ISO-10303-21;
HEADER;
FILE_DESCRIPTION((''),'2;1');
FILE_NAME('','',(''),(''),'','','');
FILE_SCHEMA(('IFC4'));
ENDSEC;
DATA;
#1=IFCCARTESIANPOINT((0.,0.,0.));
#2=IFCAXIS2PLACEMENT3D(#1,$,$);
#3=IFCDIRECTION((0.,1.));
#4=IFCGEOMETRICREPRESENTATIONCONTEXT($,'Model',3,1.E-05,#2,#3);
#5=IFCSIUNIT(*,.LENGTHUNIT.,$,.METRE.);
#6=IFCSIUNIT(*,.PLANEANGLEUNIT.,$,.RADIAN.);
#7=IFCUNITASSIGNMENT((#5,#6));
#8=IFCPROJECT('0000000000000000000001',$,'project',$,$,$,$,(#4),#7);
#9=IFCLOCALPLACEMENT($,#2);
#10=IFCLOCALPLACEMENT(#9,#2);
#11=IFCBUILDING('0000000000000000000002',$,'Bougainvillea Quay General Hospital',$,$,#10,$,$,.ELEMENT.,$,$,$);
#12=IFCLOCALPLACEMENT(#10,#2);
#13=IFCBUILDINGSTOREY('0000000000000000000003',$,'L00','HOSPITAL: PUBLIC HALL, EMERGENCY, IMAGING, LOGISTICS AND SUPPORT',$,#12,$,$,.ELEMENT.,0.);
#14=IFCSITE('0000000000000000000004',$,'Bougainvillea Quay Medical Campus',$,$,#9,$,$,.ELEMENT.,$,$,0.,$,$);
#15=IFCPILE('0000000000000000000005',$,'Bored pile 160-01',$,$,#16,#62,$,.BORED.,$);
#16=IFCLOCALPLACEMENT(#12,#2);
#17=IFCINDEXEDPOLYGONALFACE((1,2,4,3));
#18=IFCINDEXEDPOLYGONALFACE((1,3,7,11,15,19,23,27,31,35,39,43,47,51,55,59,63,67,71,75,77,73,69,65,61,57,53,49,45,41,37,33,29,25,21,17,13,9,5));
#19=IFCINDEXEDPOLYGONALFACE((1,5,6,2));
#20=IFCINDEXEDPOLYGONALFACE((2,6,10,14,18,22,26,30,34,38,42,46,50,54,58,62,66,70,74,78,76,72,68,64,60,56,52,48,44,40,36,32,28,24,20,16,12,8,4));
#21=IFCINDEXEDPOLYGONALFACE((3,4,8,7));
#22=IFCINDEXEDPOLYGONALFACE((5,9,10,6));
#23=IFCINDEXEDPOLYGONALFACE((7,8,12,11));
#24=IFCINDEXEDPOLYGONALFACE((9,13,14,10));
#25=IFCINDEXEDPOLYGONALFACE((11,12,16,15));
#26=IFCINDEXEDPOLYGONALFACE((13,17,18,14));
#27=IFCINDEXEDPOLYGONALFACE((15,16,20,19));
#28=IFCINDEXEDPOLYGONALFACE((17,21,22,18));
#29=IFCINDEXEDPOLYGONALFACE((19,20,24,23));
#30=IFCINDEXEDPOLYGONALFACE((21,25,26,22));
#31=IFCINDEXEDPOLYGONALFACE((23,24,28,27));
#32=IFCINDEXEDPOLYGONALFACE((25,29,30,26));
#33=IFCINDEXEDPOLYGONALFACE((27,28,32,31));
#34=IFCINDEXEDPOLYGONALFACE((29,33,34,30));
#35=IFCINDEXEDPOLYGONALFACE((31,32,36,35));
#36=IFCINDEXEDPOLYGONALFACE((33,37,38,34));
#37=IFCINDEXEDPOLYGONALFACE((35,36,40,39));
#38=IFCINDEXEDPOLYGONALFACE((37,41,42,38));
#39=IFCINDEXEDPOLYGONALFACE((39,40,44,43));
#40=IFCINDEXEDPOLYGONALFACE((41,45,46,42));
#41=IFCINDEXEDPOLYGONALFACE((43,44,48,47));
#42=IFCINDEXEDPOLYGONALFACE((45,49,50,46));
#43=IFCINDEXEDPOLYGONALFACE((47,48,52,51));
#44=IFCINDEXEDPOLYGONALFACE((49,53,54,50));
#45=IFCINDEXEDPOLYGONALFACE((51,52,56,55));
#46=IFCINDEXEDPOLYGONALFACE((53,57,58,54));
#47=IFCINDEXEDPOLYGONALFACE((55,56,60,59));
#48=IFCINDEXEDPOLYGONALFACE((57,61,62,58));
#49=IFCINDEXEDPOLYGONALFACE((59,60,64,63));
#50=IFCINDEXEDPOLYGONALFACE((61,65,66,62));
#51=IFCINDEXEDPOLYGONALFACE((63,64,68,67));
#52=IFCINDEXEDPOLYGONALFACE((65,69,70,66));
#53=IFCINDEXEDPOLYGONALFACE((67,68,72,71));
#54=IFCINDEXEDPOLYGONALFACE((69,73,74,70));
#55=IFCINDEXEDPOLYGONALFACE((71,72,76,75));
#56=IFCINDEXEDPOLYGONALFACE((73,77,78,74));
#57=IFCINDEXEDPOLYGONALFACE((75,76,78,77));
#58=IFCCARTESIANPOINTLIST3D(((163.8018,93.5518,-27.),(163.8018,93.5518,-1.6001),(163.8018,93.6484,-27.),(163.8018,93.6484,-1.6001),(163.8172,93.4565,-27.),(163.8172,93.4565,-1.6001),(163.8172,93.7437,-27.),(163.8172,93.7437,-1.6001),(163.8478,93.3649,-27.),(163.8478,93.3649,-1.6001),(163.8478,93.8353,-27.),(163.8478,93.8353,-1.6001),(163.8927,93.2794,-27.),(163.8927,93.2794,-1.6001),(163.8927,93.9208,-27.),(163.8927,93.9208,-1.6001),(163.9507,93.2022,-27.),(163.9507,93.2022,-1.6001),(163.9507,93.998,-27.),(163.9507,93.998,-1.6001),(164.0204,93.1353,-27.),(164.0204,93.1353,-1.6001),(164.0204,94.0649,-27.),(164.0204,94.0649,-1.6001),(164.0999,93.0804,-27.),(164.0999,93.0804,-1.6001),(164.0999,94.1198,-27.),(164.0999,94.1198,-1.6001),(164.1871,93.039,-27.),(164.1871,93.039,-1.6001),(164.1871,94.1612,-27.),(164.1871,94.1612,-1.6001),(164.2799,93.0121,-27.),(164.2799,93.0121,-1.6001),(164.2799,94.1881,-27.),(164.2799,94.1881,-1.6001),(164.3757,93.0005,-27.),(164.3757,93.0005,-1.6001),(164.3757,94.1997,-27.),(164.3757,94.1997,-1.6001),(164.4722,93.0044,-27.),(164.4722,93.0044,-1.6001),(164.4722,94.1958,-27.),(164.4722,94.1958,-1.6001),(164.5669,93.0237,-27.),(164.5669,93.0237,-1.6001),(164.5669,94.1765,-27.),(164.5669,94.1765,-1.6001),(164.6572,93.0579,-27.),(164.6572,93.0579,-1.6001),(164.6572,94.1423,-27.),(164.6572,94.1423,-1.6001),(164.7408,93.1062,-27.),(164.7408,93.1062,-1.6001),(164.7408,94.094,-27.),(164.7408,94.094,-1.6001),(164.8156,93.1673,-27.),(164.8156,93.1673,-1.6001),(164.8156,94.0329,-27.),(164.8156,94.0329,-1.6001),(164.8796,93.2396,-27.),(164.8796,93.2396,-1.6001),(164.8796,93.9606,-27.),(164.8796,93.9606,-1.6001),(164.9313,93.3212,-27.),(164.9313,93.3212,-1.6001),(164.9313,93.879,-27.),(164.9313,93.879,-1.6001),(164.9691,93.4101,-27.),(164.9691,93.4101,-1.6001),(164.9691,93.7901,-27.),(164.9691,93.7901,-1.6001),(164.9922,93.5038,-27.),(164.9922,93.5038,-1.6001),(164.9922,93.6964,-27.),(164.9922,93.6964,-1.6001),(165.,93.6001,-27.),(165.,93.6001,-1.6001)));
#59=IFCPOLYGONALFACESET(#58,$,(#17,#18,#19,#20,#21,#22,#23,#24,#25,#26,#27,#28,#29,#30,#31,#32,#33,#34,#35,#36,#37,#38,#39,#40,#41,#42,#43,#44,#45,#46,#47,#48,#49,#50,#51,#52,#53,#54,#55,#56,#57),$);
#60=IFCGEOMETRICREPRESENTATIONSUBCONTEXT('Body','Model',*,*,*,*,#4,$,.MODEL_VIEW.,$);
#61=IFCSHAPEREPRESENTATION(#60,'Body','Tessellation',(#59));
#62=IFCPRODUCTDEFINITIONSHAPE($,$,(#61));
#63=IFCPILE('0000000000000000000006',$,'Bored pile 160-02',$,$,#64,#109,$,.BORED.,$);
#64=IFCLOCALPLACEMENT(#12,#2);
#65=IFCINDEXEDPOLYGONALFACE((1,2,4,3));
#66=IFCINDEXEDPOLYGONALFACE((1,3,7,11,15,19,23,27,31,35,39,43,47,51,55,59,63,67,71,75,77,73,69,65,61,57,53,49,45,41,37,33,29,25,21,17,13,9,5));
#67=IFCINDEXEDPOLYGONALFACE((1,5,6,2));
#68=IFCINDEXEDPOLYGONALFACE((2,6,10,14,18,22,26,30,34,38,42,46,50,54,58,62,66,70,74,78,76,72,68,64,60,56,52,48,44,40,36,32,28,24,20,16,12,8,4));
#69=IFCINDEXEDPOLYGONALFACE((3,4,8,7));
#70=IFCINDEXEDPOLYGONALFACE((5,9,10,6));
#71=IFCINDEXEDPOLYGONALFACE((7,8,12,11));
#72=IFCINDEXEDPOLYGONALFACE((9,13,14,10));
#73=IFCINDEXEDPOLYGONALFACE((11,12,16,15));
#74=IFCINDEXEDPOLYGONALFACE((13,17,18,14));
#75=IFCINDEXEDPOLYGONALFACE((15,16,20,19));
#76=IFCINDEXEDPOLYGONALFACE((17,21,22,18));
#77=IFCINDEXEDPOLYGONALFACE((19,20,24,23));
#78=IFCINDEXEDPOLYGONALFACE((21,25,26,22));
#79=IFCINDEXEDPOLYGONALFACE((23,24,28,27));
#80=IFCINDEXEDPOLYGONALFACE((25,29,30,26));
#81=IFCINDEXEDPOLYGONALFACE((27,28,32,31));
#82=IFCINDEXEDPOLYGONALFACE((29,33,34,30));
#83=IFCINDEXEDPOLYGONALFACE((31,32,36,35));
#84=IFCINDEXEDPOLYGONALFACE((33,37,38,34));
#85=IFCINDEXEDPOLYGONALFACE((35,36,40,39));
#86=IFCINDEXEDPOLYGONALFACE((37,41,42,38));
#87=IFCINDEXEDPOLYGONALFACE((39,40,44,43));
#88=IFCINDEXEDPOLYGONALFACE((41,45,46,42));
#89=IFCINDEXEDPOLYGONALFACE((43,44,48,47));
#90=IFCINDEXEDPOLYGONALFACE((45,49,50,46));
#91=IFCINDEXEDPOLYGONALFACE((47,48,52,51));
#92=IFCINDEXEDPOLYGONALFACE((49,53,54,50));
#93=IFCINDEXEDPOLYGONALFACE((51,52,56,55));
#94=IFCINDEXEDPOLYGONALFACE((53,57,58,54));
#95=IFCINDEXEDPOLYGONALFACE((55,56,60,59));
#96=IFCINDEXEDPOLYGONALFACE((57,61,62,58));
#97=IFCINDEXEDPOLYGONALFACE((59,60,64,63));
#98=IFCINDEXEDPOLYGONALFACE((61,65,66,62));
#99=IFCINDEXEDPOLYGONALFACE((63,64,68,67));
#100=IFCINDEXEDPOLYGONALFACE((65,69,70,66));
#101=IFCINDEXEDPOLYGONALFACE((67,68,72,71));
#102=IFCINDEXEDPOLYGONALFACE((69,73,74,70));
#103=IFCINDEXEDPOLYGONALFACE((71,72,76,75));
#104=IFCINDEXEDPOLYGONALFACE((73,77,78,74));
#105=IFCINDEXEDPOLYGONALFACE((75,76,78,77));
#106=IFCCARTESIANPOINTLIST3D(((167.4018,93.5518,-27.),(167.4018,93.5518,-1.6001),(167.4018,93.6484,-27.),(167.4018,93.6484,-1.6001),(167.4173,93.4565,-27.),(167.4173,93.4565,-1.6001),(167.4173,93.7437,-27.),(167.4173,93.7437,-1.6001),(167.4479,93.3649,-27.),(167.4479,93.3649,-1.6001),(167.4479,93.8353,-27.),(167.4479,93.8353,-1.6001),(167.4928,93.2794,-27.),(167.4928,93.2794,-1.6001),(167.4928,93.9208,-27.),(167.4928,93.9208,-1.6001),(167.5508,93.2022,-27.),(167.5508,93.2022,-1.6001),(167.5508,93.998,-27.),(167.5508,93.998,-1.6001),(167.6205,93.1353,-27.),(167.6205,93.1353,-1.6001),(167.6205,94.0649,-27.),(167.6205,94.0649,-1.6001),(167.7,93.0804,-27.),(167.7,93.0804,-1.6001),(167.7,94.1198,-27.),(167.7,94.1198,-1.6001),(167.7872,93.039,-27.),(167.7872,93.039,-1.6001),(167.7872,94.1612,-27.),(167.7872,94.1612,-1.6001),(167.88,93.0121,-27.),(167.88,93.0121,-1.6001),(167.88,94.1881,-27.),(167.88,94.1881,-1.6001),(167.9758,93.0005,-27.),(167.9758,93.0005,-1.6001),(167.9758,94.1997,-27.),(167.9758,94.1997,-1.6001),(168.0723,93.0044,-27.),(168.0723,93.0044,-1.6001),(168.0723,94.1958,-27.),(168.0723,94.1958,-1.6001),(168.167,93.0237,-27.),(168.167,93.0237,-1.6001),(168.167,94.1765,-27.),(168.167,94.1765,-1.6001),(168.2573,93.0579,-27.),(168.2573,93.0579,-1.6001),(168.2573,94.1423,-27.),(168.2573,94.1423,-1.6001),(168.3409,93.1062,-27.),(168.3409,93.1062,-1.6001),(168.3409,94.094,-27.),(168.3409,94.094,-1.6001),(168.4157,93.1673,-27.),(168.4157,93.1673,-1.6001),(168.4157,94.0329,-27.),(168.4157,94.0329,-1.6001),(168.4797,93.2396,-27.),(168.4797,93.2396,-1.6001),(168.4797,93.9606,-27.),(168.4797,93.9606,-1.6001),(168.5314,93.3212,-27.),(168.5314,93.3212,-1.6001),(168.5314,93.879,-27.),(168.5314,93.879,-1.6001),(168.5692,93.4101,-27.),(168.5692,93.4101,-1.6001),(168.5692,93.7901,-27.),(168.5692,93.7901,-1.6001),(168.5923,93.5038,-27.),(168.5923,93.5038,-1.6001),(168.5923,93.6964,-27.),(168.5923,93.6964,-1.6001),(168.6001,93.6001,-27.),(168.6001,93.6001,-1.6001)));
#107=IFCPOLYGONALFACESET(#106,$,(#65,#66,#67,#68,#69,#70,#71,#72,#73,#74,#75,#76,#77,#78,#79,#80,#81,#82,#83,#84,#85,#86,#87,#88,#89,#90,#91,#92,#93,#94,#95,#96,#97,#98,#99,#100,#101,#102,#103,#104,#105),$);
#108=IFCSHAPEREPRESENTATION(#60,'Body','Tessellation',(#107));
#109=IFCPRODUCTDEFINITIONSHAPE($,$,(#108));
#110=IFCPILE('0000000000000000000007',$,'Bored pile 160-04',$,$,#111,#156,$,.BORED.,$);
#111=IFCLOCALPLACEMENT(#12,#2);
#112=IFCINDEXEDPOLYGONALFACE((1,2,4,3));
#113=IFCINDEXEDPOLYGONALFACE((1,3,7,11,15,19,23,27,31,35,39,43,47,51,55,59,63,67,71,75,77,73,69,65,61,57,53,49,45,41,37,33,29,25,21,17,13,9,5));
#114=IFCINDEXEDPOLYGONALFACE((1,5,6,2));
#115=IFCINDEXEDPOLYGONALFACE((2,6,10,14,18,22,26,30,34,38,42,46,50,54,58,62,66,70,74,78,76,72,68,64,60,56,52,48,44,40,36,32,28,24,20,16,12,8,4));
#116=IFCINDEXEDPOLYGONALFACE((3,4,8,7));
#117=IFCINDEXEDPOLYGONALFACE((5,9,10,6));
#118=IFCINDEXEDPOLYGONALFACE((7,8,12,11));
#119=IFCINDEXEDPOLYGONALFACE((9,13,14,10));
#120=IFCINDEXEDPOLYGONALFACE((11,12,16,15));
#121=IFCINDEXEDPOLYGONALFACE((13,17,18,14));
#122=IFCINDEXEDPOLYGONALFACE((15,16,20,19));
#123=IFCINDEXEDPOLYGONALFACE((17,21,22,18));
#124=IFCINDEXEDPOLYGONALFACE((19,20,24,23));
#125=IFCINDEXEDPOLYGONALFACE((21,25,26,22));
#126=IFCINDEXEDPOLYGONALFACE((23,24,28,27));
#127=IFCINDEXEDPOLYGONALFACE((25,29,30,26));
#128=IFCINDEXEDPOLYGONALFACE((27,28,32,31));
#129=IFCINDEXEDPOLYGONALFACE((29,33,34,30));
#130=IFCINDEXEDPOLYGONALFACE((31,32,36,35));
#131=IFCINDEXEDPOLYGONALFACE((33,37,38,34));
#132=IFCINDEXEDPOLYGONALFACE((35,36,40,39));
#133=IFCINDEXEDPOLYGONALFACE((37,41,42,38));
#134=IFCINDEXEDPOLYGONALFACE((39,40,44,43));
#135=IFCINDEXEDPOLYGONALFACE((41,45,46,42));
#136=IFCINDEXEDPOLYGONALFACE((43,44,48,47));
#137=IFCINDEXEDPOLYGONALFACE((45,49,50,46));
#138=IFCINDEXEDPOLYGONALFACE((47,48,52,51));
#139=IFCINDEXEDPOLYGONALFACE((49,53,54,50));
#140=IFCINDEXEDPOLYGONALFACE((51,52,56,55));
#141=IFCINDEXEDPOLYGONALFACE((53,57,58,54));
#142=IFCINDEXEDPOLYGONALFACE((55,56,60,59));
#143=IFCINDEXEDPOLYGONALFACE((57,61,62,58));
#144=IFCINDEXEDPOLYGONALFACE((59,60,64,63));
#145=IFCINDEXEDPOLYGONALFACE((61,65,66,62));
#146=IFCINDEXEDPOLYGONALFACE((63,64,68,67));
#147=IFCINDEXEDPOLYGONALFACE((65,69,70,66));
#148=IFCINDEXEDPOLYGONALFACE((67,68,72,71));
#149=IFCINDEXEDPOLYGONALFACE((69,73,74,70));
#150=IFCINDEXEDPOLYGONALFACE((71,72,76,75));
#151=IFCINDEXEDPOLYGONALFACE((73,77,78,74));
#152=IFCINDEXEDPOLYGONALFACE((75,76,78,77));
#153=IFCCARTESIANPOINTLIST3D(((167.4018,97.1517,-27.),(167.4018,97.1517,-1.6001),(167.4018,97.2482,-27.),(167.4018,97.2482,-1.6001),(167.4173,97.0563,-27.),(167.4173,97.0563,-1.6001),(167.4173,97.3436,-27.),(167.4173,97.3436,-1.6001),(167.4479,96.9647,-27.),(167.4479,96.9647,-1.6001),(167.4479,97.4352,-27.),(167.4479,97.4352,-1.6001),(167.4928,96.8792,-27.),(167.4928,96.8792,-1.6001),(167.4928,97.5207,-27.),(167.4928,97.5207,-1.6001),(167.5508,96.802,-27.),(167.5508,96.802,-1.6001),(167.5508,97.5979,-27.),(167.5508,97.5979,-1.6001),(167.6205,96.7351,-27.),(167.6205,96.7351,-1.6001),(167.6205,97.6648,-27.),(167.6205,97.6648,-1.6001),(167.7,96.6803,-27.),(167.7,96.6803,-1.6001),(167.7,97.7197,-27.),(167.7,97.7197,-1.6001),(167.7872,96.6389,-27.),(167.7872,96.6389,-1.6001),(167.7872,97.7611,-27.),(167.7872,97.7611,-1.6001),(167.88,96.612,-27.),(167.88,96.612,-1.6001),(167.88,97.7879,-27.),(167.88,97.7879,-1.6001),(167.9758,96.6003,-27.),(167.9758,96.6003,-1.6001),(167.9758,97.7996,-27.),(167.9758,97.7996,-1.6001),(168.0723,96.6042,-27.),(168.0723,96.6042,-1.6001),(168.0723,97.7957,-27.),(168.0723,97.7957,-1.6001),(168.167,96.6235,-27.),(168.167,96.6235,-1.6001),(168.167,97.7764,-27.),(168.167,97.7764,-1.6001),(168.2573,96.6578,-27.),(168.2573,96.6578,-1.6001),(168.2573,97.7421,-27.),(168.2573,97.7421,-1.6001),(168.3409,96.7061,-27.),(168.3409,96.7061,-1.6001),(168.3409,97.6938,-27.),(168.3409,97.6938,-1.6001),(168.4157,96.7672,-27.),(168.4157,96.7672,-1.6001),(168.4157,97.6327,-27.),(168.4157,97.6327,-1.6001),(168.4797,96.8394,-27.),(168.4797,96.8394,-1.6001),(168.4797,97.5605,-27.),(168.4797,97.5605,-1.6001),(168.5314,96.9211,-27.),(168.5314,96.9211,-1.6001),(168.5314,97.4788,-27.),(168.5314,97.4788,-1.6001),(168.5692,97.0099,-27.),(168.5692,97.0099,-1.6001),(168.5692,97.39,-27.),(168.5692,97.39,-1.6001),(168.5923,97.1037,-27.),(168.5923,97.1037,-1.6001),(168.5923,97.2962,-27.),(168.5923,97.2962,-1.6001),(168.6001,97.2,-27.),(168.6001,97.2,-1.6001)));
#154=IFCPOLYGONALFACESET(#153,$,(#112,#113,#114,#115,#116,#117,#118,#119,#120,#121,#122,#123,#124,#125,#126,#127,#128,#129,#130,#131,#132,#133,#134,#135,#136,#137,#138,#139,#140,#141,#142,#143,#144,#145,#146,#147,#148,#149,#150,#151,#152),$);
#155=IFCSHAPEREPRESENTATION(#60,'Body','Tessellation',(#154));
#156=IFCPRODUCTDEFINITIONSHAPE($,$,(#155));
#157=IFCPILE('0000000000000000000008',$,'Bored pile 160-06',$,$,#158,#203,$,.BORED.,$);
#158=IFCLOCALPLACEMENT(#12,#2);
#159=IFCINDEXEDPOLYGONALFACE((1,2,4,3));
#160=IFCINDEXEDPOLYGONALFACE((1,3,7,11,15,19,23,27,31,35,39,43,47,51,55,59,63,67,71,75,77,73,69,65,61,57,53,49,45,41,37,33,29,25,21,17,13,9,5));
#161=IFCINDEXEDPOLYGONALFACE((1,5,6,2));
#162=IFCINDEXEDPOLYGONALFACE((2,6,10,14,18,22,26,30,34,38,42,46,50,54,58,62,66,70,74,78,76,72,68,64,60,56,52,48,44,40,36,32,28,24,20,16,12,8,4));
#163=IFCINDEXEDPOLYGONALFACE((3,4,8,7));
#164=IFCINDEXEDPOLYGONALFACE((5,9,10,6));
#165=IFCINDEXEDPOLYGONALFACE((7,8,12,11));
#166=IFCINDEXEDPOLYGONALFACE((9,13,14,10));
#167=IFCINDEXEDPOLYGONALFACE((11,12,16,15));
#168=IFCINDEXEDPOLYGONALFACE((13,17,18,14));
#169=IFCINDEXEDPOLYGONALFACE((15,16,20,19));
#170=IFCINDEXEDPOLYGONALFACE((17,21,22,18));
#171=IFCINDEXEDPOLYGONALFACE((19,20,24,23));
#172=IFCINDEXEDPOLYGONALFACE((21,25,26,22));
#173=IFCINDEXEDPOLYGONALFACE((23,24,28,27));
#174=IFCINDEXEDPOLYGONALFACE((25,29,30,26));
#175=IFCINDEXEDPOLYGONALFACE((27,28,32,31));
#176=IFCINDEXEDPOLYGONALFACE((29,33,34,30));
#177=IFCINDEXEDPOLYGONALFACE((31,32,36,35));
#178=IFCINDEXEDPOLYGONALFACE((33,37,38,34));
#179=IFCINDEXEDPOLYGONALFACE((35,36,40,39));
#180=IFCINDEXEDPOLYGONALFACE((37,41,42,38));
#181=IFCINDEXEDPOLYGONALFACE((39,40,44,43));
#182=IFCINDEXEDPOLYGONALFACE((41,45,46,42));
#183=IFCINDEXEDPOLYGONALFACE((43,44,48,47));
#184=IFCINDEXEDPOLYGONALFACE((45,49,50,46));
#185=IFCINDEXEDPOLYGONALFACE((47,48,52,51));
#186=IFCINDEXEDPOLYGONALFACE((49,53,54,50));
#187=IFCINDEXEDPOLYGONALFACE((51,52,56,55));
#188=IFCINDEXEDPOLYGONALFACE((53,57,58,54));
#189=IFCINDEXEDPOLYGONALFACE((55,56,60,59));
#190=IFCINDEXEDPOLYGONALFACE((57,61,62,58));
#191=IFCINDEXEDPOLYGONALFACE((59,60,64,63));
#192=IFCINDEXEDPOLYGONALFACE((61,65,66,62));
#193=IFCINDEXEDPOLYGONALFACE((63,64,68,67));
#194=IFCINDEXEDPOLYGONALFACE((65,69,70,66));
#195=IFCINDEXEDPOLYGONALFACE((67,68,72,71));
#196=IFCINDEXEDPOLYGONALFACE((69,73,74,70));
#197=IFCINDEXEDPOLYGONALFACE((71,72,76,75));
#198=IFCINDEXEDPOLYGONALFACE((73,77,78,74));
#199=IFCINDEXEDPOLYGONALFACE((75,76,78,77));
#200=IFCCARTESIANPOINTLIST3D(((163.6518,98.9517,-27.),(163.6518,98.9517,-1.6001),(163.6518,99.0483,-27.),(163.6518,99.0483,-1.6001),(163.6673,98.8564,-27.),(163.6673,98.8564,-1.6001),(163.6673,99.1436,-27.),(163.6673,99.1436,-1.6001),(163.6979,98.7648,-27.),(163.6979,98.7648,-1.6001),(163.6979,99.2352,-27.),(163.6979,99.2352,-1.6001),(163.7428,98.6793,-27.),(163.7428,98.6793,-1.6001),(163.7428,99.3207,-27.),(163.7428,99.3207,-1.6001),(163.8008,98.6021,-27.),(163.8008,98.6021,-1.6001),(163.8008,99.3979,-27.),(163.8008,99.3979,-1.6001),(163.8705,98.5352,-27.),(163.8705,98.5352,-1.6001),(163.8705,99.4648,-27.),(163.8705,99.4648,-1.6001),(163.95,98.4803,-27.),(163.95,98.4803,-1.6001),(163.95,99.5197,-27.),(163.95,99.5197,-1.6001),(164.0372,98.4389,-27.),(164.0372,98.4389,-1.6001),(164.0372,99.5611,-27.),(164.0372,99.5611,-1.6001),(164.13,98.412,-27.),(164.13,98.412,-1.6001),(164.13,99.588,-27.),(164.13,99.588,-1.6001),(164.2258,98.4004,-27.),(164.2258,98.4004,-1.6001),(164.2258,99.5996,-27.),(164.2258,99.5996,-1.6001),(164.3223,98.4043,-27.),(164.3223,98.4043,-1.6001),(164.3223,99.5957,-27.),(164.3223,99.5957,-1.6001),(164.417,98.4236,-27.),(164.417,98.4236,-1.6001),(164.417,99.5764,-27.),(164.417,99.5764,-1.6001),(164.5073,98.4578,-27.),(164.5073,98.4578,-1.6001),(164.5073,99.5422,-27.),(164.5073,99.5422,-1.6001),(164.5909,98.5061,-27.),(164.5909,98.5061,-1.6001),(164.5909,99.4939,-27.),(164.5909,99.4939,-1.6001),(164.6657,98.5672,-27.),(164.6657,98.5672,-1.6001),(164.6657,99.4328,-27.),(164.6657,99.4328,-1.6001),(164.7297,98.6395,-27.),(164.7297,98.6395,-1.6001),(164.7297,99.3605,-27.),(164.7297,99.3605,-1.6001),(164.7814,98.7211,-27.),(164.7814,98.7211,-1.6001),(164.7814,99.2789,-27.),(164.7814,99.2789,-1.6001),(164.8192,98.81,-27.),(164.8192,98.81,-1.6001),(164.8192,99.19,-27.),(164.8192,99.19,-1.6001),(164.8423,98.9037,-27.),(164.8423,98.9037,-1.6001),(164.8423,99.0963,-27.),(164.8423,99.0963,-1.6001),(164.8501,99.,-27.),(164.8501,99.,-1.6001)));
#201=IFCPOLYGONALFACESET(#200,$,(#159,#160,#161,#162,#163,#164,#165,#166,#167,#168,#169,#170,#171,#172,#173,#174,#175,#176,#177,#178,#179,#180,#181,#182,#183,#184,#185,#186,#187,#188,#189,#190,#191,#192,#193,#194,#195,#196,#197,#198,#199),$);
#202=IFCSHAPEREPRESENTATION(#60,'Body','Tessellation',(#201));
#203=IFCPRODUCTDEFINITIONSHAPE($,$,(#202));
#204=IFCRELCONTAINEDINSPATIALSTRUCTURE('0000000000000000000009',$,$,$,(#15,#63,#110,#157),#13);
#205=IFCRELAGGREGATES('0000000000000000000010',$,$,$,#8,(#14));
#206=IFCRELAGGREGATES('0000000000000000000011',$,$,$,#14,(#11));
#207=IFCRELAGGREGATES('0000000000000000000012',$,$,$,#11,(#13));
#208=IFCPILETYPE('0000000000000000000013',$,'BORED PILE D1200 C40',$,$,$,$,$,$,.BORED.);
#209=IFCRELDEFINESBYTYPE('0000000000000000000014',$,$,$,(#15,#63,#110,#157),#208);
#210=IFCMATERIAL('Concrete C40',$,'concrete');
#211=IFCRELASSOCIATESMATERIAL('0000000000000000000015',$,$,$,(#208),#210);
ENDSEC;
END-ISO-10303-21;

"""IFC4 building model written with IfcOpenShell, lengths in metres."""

from ifc_helpers import new_model, si_unit, direction, frame, origin, origin_2d, place, context, subcontext, project, spatial, circle, extrude, material, material_profile, profile_set, type_object, element, save


model = new_model("IFC4")

# Units and contexts
model_context = context("Model", 3, precision=1e-05, world=origin(), true_north=direction((0.0, 1.0)))
body_context = subcontext(model_context, "Body", "Model", "MODEL_VIEW")
ifc_project = project(units=[si_unit("LENGTHUNIT", "METRE"), si_unit("PLANEANGLEUNIT", "RADIAN")], contexts=[model_context])

# Site, building, storey
site_placement = place(None, origin())
site = spatial("IfcSite", under=ifc_project, at=site_placement, Name="Bougainvillea Quay Medical Campus", CompositionType="ELEMENT", RefElevation=0.0)
building_placement = place(site_placement, origin())
building = spatial("IfcBuilding", under=site, at=building_placement, Name="Bougainvillea Quay General Hospital", CompositionType="ELEMENT")
storey_placement = place(building_placement, origin())
storey = spatial("IfcBuildingStorey", under=building, at=storey_placement, Name="L00", Description="HOSPITAL: PUBLIC HALL, EMERGENCY, IMAGING, LOGISTICS AND SUPPORT", CompositionType="ELEMENT", Elevation=0.0)

# Piles
ifc_material_1 = material(Name="Concrete C40", Category="concrete")
ifc_material_profile = material_profile(ifc_material_1, circle(Radius=0.6001, at=origin_2d()))
ifc_profile_set = profile_set([ifc_material_profile], Name="Concrete C40")
pile_type = type_object("IfcPileType", Name="BORED PILE D1200 C40", PredefinedType="BORED", material=ifc_profile_set)
for number, where, z_axis, x_axis, name in (
    (1, (164.3999, 93.6001, -1.6001), (0.0, 0.0, -1.0), (1.0, 0.0, 0.0), "Bored pile 160-01"),
    (2, (168.0, 93.6001, -1.6001), (0.0, 0.0, -1.0), (1.0, 0.0, 0.0), "Bored pile 160-02"),
    (3, (168.0, 97.2, -1.6001), (0.0, 0.0, -1.0), (1.0, 0.0, 0.0), "Bored pile 160-04"),
    (4, (164.25, 99.0, -1.6001), (0.0, 0.0, -1.0), (1.0, 0.0, 0.0), "Bored pile 160-06"),
):
    element("IfcPile", number, at=place(storey_placement, frame(where, z_axis=z_axis, x_axis=x_axis)), inside=storey, type_object=pile_type, Name=name, PredefinedType="BORED", context=body_context, shape_type="SweptSolid", body=[
        extrude(circle(Radius=0.6001, at=origin_2d()), origin(), (0.0, 0.0, 1.0), 25.3999),
    ])

save(model, "model.ifc")
